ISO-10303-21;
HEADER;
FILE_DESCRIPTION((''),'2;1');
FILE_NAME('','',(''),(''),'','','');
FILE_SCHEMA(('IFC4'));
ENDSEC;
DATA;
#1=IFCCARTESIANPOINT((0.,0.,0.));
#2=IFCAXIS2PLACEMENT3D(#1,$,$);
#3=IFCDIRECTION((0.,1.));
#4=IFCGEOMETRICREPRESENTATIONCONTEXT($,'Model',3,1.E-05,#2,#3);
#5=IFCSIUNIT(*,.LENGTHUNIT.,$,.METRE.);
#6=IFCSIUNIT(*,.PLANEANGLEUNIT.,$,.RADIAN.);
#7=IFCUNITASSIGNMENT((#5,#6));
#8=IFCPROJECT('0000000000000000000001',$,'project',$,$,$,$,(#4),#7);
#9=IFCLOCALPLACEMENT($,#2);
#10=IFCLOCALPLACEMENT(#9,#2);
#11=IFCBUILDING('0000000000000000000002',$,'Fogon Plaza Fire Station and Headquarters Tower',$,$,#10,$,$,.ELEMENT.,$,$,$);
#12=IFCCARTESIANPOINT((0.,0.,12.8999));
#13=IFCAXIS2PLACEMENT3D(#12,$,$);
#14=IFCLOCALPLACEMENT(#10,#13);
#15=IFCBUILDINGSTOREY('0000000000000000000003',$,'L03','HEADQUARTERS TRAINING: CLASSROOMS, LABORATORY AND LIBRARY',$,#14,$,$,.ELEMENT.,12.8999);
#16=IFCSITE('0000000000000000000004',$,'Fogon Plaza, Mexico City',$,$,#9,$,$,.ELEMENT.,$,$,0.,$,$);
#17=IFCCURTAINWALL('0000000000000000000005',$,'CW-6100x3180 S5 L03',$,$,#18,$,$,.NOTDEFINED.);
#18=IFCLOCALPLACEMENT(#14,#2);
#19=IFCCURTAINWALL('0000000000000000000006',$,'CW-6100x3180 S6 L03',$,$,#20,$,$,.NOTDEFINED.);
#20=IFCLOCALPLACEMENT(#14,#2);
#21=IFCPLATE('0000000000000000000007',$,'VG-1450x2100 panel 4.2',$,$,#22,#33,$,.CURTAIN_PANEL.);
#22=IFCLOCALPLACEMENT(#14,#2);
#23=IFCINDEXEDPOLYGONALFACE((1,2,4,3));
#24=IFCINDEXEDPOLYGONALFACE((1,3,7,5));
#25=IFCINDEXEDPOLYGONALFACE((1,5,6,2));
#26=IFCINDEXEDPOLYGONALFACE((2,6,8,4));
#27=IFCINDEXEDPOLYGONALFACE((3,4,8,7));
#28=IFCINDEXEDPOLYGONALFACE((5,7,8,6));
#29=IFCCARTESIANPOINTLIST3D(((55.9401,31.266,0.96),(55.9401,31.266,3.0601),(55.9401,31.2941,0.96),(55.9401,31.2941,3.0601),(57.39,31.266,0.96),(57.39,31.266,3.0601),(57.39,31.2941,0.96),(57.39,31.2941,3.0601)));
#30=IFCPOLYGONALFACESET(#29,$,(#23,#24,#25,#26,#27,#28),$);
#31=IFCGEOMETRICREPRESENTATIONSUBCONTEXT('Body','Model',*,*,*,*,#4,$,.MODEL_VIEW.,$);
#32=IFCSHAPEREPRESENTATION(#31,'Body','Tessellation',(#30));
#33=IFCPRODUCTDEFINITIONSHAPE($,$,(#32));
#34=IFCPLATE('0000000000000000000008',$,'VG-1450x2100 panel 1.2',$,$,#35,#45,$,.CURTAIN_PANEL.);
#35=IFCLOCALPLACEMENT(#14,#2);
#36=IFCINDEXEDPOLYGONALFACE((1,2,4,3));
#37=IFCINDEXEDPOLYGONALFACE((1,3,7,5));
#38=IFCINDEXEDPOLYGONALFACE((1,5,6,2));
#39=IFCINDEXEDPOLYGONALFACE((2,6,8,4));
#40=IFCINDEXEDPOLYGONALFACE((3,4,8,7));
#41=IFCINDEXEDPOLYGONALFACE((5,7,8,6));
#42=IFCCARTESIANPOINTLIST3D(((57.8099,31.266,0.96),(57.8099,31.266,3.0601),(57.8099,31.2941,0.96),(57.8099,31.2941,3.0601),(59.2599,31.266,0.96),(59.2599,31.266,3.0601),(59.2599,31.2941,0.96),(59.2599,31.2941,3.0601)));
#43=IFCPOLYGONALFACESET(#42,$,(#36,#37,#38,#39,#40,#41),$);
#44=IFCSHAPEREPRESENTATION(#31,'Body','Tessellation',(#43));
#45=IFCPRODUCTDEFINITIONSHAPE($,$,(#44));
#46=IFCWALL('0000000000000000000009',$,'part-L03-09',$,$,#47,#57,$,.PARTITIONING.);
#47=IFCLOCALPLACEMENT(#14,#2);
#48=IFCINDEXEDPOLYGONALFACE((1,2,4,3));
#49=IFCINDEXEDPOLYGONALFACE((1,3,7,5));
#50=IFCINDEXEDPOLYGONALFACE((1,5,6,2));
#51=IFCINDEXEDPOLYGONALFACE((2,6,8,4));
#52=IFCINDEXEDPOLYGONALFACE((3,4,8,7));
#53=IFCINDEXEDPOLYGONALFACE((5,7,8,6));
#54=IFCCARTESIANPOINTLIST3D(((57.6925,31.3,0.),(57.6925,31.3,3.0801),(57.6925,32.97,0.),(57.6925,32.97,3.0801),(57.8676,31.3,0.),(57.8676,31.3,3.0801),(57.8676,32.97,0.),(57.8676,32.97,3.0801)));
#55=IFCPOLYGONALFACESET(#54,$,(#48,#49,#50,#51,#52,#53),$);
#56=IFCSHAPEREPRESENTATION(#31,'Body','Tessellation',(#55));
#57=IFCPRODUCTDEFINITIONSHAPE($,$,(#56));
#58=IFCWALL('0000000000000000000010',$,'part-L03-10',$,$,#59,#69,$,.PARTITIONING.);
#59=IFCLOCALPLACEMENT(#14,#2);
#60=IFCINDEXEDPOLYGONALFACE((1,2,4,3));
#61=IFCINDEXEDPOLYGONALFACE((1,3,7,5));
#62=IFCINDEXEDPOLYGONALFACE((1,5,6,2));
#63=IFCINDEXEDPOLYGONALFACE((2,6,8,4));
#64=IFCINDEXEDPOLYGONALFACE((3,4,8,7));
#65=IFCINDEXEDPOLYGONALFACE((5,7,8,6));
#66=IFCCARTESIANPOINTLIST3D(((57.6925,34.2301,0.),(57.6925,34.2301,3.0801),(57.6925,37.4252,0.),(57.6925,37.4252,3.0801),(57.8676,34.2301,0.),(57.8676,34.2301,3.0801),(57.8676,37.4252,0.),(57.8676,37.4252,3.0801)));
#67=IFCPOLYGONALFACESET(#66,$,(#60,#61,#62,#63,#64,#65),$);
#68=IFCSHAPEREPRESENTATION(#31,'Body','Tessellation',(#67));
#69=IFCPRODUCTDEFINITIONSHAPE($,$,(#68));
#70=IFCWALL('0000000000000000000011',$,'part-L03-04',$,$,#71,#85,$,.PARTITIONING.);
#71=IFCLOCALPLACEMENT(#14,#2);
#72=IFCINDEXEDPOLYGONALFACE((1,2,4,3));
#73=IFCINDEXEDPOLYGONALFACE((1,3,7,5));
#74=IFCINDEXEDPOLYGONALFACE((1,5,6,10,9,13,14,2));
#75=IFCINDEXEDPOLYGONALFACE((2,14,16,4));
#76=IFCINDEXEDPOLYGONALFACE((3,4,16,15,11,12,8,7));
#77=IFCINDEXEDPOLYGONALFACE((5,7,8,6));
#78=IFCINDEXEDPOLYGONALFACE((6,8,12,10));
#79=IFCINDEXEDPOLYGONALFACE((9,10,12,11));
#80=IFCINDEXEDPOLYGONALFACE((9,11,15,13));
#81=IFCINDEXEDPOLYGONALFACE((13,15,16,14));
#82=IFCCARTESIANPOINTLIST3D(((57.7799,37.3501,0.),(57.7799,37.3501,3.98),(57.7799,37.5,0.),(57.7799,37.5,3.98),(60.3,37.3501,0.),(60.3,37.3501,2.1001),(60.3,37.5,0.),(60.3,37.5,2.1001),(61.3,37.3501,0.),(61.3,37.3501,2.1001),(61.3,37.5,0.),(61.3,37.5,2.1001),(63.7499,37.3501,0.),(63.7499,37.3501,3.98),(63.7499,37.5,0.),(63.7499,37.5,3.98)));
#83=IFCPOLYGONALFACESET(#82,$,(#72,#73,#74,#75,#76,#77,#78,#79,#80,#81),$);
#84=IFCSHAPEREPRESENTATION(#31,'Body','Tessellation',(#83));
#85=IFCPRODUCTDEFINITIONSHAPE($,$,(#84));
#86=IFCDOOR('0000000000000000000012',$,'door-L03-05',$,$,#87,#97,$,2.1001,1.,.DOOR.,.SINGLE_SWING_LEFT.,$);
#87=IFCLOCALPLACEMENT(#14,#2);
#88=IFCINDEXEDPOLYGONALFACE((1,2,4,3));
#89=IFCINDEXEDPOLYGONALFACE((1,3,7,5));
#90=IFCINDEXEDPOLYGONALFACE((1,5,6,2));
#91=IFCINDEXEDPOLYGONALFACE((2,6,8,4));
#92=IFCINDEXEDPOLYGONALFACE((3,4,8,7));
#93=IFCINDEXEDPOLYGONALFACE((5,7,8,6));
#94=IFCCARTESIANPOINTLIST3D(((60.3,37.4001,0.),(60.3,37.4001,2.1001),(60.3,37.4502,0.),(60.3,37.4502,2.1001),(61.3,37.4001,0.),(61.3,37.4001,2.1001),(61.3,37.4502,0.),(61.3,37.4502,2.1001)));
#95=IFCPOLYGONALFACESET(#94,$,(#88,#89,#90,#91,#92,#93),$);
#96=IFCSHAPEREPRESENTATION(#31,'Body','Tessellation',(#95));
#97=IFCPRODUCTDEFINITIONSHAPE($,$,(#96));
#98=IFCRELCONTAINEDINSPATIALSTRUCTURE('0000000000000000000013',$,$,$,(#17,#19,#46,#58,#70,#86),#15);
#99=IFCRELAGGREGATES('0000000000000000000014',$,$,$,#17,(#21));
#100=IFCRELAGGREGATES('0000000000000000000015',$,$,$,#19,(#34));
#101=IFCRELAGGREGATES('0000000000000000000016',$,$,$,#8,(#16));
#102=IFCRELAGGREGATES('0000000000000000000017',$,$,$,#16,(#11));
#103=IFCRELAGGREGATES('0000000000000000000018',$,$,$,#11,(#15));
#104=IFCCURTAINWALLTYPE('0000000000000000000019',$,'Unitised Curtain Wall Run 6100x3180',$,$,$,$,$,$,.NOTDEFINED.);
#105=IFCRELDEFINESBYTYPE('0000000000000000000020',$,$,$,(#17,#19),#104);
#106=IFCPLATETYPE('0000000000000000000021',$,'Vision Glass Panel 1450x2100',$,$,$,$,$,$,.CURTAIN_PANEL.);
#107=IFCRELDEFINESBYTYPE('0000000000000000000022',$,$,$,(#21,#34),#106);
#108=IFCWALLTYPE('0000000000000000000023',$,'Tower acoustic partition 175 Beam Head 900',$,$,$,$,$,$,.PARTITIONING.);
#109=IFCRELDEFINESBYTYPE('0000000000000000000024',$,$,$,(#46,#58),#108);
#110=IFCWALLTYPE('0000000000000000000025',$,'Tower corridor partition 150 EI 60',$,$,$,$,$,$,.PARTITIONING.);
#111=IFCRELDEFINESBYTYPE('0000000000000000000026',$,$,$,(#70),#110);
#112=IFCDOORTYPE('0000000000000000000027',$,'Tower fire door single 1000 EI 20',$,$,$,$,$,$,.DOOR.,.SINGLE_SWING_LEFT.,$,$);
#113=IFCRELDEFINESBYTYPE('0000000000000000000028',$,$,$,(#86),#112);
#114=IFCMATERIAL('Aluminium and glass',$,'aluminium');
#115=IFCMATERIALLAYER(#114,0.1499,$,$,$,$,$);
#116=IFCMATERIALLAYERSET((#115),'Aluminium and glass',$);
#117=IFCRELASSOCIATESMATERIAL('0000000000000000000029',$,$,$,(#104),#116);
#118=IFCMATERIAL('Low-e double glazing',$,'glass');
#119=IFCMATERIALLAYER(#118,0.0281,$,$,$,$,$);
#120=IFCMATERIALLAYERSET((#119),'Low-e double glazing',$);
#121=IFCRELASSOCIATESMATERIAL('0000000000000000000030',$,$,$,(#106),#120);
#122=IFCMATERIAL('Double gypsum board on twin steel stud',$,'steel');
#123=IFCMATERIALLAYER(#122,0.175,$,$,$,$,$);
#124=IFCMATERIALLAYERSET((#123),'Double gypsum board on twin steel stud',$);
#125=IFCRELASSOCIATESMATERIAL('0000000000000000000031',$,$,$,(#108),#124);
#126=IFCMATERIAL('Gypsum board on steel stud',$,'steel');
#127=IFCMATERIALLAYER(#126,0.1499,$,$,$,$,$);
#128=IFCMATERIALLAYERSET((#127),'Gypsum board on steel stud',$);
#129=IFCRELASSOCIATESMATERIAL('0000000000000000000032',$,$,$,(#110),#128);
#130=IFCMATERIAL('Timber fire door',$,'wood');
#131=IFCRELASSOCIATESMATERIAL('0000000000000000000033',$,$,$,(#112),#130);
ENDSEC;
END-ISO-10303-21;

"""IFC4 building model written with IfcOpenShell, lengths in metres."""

from ifc_helpers import new_model, si_unit, direction, frame, frame_2d, origin, origin_2d, place, context, subcontext, project, spatial, rectangle, extrude, material, layer, layer_set, type_object, element, fill, aggregate, save


model = new_model("IFC4")

# Units and contexts
model_context = context("Model", 3, precision=1e-05, world=origin(), true_north=direction((0.0, 1.0)))
body_context = subcontext(model_context, "Body", "Model", "MODEL_VIEW")
ifc_project = project(units=[si_unit("LENGTHUNIT", "METRE"), si_unit("PLANEANGLEUNIT", "RADIAN")], contexts=[model_context])

# Site, building, storey
site_placement = place(None, origin())
site = spatial("IfcSite", under=ifc_project, at=site_placement, Name="Fogon Plaza, Mexico City", CompositionType="ELEMENT", RefElevation=0.0)
building_placement = place(site_placement, origin())
building = spatial("IfcBuilding", under=site, at=building_placement, Name="Fogon Plaza Fire Station and Headquarters Tower", CompositionType="ELEMENT")
storey_placement = place(building_placement, frame((0.0, 0.0, 12.8999)))
storey = spatial("IfcBuildingStorey", under=building, at=storey_placement, Name="L03", Description="HEADQUARTERS TRAINING: CLASSROOMS, LABORATORY AND LIBRARY", CompositionType="ELEMENT", Elevation=12.8999)

# Curtain wall
ifc_material_1 = material(Name="Aluminium and glass", Category="aluminium")
ifc_layer_1 = layer(ifc_material_1, 0.1499)
ifc_layer_set_1 = layer_set([ifc_layer_1], Name="Aluminium and glass")
curtain_wall_type = type_object("IfcCurtainWallType", Name="Unitised Curtain Wall Run 6100x3180", PredefinedType="NOTDEFINED", material=ifc_layer_set_1)
curtain_wall_1_placement = place(storey_placement, origin())
curtain_wall_1 = element("IfcCurtainWall", 1, at=curtain_wall_1_placement, inside=storey, type_object=curtain_wall_type, Name="CW-6100x3180 S5 L03", PredefinedType="NOTDEFINED")

# Curtain wall
curtain_wall_2_placement = place(storey_placement, origin())
curtain_wall_2 = element("IfcCurtainWall", 2, at=curtain_wall_2_placement, inside=storey, type_object=curtain_wall_type, Name="CW-6100x3180 S6 L03", PredefinedType="NOTDEFINED")

# Plates
ifc_material_2 = material(Name="Low-e double glazing", Category="glass")
ifc_layer_2 = layer(ifc_material_2, 0.0281)
ifc_layer_set_2 = layer_set([ifc_layer_2], Name="Low-e double glazing")
plate_type_1 = type_object("IfcPlateType", Name="Vision Glass Panel 1450x2100", PredefinedType="CURTAIN_PANEL", material=ifc_layer_set_2)
plate_1_placement = place(storey_placement, frame((56.665, 31.28, 0.96), z_axis=(0.0, 0.0, 1.0), x_axis=(1.0, 0.0, 0.0)))
plate_1 = element("IfcPlate", 3, at=plate_1_placement, type_object=plate_type_1, Name="VG-1450x2100 panel 4.2", PredefinedType="CURTAIN_PANEL", context=body_context, shape_type="SweptSolid", body=[
    extrude(rectangle(XDim=1.45, YDim=0.0281, at=origin_2d()), origin(), (0.0, 0.0, 1.0), 2.1001),
])
aggregate(curtain_wall_1, [plate_1])
plate_2_placement = place(storey_placement, frame((58.5349, 31.28, 0.96), z_axis=(0.0, 0.0, 1.0), x_axis=(1.0, 0.0, 0.0)))
plate_2 = element("IfcPlate", 4, at=plate_2_placement, type_object=plate_type_1, Name="VG-1450x2100 panel 1.2", PredefinedType="CURTAIN_PANEL", context=body_context, shape_type="SweptSolid", body=[
    extrude(rectangle(XDim=1.45, YDim=0.0281, at=origin_2d()), origin(), (0.0, 0.0, 1.0), 2.1001),
])
aggregate(curtain_wall_2, [plate_2])

# Walls
ifc_material_3 = material(Name="Double gypsum board on twin steel stud", Category="steel")
ifc_layer_3 = layer(ifc_material_3, 0.175)
ifc_layer_set_3 = layer_set([ifc_layer_3], Name="Double gypsum board on twin steel stud")
wall_type_1 = type_object("IfcWallType", Name="Tower acoustic partition 175 Beam Head 900", PredefinedType="PARTITIONING", material=ifc_layer_set_3)
wall_1_placement = place(storey_placement, frame((57.78, 31.3, 0.0), z_axis=(0.0, 0.0, 1.0), x_axis=(0.0, 1.0, 0.0)))
element("IfcWall", 5, at=wall_1_placement, inside=storey, type_object=wall_type_1, Name="part-L03-09", PredefinedType="PARTITIONING", context=body_context, shape_type="SweptSolid", body=[
    extrude(rectangle(XDim=1.6699, YDim=0.175, at=frame_2d((0.835, 0.0))), origin(), (0.0, 0.0, 1.0), 3.0801),
])
wall_2_placement = place(storey_placement, frame((57.78, 34.23, 0.0), z_axis=(0.0, 0.0, 1.0), x_axis=(0.0, 1.0, 0.0)))
element("IfcWall", 6, at=wall_2_placement, inside=storey, type_object=wall_type_1, Name="part-L03-10", PredefinedType="PARTITIONING", context=body_context, shape_type="SweptSolid", body=[
    extrude(rectangle(XDim=3.1951, YDim=0.175, at=frame_2d((1.5977, 0.0))), origin(), (0.0, 0.0, 1.0), 3.0801),
])

# Wall, opening, door
ifc_material_4 = material(Name="Gypsum board on steel stud", Category="steel")
ifc_layer_4 = layer(ifc_material_4, 0.1499)
ifc_layer_set_4 = layer_set([ifc_layer_4], Name="Gypsum board on steel stud")
wall_type_2 = type_object("IfcWallType", Name="Tower corridor partition 150 EI 60", PredefinedType="PARTITIONING", material=ifc_layer_set_4)
wall_3_placement = place(storey_placement, frame((57.78, 37.425, 0.0), z_axis=(0.0, 0.0, 1.0), x_axis=(1.0, 0.0, 0.0)))
wall_3 = element("IfcWall", 7, at=wall_3_placement, inside=storey, type_object=wall_type_2, Name="part-L03-04", PredefinedType="PARTITIONING", context=body_context, shape_type="SweptSolid", body=[
    extrude(rectangle(XDim=5.97, YDim=0.1499, at=frame_2d((2.9849, 0.0))), origin(), (0.0, 0.0, 1.0), 3.98),
])
opening_placement = place(wall_3_placement, frame((2.52, 0.0, 0.0)))
opening = element("IfcOpeningElement", 8, at=opening_placement, cuts=wall_3, PredefinedType="OPENING", context=body_context, shape_type="SweptSolid", body=[
    extrude(rectangle(XDim=1.0, YDim=2.1001, at=frame_2d((0.5, 1.05))), frame((0.0, 0.085, 0.0), z_axis=(0.0, -1.0, 0.0), x_axis=(1.0, 0.0, 0.0)), (0.0, 0.0, 1.0), 0.1699),
])
ifc_material_5 = material(Name="Timber fire door", Category="wood")
door_type = type_object("IfcDoorType", Name="Tower fire door single 1000 EI 20", OperationType="SINGLE_SWING_LEFT", PredefinedType="DOOR", material=ifc_material_5)
door_placement = place(opening_placement, frame((1.0, 0.0, 0.0), z_axis=(0.0, 0.0, 1.0), x_axis=(-1.0, 0.0, 0.0)))
door = element("IfcDoor", 9, at=door_placement, inside=storey, type_object=door_type, Name="door-L03-05", OperationType="SINGLE_SWING_LEFT", OverallHeight=2.1001, OverallWidth=1.0, PredefinedType="DOOR", context=body_context, shape_type="SweptSolid", body=[
    extrude(rectangle(XDim=1.0, YDim=2.1001, at=frame_2d((0.5, 1.05))), frame((0.0, 0.0249, 0.0), z_axis=(0.0, -1.0, 0.0), x_axis=(1.0, 0.0, 0.0)), (0.0, 0.0, 1.0), 0.05),
])
fill(opening, door)

save(model, "model.ifc")
